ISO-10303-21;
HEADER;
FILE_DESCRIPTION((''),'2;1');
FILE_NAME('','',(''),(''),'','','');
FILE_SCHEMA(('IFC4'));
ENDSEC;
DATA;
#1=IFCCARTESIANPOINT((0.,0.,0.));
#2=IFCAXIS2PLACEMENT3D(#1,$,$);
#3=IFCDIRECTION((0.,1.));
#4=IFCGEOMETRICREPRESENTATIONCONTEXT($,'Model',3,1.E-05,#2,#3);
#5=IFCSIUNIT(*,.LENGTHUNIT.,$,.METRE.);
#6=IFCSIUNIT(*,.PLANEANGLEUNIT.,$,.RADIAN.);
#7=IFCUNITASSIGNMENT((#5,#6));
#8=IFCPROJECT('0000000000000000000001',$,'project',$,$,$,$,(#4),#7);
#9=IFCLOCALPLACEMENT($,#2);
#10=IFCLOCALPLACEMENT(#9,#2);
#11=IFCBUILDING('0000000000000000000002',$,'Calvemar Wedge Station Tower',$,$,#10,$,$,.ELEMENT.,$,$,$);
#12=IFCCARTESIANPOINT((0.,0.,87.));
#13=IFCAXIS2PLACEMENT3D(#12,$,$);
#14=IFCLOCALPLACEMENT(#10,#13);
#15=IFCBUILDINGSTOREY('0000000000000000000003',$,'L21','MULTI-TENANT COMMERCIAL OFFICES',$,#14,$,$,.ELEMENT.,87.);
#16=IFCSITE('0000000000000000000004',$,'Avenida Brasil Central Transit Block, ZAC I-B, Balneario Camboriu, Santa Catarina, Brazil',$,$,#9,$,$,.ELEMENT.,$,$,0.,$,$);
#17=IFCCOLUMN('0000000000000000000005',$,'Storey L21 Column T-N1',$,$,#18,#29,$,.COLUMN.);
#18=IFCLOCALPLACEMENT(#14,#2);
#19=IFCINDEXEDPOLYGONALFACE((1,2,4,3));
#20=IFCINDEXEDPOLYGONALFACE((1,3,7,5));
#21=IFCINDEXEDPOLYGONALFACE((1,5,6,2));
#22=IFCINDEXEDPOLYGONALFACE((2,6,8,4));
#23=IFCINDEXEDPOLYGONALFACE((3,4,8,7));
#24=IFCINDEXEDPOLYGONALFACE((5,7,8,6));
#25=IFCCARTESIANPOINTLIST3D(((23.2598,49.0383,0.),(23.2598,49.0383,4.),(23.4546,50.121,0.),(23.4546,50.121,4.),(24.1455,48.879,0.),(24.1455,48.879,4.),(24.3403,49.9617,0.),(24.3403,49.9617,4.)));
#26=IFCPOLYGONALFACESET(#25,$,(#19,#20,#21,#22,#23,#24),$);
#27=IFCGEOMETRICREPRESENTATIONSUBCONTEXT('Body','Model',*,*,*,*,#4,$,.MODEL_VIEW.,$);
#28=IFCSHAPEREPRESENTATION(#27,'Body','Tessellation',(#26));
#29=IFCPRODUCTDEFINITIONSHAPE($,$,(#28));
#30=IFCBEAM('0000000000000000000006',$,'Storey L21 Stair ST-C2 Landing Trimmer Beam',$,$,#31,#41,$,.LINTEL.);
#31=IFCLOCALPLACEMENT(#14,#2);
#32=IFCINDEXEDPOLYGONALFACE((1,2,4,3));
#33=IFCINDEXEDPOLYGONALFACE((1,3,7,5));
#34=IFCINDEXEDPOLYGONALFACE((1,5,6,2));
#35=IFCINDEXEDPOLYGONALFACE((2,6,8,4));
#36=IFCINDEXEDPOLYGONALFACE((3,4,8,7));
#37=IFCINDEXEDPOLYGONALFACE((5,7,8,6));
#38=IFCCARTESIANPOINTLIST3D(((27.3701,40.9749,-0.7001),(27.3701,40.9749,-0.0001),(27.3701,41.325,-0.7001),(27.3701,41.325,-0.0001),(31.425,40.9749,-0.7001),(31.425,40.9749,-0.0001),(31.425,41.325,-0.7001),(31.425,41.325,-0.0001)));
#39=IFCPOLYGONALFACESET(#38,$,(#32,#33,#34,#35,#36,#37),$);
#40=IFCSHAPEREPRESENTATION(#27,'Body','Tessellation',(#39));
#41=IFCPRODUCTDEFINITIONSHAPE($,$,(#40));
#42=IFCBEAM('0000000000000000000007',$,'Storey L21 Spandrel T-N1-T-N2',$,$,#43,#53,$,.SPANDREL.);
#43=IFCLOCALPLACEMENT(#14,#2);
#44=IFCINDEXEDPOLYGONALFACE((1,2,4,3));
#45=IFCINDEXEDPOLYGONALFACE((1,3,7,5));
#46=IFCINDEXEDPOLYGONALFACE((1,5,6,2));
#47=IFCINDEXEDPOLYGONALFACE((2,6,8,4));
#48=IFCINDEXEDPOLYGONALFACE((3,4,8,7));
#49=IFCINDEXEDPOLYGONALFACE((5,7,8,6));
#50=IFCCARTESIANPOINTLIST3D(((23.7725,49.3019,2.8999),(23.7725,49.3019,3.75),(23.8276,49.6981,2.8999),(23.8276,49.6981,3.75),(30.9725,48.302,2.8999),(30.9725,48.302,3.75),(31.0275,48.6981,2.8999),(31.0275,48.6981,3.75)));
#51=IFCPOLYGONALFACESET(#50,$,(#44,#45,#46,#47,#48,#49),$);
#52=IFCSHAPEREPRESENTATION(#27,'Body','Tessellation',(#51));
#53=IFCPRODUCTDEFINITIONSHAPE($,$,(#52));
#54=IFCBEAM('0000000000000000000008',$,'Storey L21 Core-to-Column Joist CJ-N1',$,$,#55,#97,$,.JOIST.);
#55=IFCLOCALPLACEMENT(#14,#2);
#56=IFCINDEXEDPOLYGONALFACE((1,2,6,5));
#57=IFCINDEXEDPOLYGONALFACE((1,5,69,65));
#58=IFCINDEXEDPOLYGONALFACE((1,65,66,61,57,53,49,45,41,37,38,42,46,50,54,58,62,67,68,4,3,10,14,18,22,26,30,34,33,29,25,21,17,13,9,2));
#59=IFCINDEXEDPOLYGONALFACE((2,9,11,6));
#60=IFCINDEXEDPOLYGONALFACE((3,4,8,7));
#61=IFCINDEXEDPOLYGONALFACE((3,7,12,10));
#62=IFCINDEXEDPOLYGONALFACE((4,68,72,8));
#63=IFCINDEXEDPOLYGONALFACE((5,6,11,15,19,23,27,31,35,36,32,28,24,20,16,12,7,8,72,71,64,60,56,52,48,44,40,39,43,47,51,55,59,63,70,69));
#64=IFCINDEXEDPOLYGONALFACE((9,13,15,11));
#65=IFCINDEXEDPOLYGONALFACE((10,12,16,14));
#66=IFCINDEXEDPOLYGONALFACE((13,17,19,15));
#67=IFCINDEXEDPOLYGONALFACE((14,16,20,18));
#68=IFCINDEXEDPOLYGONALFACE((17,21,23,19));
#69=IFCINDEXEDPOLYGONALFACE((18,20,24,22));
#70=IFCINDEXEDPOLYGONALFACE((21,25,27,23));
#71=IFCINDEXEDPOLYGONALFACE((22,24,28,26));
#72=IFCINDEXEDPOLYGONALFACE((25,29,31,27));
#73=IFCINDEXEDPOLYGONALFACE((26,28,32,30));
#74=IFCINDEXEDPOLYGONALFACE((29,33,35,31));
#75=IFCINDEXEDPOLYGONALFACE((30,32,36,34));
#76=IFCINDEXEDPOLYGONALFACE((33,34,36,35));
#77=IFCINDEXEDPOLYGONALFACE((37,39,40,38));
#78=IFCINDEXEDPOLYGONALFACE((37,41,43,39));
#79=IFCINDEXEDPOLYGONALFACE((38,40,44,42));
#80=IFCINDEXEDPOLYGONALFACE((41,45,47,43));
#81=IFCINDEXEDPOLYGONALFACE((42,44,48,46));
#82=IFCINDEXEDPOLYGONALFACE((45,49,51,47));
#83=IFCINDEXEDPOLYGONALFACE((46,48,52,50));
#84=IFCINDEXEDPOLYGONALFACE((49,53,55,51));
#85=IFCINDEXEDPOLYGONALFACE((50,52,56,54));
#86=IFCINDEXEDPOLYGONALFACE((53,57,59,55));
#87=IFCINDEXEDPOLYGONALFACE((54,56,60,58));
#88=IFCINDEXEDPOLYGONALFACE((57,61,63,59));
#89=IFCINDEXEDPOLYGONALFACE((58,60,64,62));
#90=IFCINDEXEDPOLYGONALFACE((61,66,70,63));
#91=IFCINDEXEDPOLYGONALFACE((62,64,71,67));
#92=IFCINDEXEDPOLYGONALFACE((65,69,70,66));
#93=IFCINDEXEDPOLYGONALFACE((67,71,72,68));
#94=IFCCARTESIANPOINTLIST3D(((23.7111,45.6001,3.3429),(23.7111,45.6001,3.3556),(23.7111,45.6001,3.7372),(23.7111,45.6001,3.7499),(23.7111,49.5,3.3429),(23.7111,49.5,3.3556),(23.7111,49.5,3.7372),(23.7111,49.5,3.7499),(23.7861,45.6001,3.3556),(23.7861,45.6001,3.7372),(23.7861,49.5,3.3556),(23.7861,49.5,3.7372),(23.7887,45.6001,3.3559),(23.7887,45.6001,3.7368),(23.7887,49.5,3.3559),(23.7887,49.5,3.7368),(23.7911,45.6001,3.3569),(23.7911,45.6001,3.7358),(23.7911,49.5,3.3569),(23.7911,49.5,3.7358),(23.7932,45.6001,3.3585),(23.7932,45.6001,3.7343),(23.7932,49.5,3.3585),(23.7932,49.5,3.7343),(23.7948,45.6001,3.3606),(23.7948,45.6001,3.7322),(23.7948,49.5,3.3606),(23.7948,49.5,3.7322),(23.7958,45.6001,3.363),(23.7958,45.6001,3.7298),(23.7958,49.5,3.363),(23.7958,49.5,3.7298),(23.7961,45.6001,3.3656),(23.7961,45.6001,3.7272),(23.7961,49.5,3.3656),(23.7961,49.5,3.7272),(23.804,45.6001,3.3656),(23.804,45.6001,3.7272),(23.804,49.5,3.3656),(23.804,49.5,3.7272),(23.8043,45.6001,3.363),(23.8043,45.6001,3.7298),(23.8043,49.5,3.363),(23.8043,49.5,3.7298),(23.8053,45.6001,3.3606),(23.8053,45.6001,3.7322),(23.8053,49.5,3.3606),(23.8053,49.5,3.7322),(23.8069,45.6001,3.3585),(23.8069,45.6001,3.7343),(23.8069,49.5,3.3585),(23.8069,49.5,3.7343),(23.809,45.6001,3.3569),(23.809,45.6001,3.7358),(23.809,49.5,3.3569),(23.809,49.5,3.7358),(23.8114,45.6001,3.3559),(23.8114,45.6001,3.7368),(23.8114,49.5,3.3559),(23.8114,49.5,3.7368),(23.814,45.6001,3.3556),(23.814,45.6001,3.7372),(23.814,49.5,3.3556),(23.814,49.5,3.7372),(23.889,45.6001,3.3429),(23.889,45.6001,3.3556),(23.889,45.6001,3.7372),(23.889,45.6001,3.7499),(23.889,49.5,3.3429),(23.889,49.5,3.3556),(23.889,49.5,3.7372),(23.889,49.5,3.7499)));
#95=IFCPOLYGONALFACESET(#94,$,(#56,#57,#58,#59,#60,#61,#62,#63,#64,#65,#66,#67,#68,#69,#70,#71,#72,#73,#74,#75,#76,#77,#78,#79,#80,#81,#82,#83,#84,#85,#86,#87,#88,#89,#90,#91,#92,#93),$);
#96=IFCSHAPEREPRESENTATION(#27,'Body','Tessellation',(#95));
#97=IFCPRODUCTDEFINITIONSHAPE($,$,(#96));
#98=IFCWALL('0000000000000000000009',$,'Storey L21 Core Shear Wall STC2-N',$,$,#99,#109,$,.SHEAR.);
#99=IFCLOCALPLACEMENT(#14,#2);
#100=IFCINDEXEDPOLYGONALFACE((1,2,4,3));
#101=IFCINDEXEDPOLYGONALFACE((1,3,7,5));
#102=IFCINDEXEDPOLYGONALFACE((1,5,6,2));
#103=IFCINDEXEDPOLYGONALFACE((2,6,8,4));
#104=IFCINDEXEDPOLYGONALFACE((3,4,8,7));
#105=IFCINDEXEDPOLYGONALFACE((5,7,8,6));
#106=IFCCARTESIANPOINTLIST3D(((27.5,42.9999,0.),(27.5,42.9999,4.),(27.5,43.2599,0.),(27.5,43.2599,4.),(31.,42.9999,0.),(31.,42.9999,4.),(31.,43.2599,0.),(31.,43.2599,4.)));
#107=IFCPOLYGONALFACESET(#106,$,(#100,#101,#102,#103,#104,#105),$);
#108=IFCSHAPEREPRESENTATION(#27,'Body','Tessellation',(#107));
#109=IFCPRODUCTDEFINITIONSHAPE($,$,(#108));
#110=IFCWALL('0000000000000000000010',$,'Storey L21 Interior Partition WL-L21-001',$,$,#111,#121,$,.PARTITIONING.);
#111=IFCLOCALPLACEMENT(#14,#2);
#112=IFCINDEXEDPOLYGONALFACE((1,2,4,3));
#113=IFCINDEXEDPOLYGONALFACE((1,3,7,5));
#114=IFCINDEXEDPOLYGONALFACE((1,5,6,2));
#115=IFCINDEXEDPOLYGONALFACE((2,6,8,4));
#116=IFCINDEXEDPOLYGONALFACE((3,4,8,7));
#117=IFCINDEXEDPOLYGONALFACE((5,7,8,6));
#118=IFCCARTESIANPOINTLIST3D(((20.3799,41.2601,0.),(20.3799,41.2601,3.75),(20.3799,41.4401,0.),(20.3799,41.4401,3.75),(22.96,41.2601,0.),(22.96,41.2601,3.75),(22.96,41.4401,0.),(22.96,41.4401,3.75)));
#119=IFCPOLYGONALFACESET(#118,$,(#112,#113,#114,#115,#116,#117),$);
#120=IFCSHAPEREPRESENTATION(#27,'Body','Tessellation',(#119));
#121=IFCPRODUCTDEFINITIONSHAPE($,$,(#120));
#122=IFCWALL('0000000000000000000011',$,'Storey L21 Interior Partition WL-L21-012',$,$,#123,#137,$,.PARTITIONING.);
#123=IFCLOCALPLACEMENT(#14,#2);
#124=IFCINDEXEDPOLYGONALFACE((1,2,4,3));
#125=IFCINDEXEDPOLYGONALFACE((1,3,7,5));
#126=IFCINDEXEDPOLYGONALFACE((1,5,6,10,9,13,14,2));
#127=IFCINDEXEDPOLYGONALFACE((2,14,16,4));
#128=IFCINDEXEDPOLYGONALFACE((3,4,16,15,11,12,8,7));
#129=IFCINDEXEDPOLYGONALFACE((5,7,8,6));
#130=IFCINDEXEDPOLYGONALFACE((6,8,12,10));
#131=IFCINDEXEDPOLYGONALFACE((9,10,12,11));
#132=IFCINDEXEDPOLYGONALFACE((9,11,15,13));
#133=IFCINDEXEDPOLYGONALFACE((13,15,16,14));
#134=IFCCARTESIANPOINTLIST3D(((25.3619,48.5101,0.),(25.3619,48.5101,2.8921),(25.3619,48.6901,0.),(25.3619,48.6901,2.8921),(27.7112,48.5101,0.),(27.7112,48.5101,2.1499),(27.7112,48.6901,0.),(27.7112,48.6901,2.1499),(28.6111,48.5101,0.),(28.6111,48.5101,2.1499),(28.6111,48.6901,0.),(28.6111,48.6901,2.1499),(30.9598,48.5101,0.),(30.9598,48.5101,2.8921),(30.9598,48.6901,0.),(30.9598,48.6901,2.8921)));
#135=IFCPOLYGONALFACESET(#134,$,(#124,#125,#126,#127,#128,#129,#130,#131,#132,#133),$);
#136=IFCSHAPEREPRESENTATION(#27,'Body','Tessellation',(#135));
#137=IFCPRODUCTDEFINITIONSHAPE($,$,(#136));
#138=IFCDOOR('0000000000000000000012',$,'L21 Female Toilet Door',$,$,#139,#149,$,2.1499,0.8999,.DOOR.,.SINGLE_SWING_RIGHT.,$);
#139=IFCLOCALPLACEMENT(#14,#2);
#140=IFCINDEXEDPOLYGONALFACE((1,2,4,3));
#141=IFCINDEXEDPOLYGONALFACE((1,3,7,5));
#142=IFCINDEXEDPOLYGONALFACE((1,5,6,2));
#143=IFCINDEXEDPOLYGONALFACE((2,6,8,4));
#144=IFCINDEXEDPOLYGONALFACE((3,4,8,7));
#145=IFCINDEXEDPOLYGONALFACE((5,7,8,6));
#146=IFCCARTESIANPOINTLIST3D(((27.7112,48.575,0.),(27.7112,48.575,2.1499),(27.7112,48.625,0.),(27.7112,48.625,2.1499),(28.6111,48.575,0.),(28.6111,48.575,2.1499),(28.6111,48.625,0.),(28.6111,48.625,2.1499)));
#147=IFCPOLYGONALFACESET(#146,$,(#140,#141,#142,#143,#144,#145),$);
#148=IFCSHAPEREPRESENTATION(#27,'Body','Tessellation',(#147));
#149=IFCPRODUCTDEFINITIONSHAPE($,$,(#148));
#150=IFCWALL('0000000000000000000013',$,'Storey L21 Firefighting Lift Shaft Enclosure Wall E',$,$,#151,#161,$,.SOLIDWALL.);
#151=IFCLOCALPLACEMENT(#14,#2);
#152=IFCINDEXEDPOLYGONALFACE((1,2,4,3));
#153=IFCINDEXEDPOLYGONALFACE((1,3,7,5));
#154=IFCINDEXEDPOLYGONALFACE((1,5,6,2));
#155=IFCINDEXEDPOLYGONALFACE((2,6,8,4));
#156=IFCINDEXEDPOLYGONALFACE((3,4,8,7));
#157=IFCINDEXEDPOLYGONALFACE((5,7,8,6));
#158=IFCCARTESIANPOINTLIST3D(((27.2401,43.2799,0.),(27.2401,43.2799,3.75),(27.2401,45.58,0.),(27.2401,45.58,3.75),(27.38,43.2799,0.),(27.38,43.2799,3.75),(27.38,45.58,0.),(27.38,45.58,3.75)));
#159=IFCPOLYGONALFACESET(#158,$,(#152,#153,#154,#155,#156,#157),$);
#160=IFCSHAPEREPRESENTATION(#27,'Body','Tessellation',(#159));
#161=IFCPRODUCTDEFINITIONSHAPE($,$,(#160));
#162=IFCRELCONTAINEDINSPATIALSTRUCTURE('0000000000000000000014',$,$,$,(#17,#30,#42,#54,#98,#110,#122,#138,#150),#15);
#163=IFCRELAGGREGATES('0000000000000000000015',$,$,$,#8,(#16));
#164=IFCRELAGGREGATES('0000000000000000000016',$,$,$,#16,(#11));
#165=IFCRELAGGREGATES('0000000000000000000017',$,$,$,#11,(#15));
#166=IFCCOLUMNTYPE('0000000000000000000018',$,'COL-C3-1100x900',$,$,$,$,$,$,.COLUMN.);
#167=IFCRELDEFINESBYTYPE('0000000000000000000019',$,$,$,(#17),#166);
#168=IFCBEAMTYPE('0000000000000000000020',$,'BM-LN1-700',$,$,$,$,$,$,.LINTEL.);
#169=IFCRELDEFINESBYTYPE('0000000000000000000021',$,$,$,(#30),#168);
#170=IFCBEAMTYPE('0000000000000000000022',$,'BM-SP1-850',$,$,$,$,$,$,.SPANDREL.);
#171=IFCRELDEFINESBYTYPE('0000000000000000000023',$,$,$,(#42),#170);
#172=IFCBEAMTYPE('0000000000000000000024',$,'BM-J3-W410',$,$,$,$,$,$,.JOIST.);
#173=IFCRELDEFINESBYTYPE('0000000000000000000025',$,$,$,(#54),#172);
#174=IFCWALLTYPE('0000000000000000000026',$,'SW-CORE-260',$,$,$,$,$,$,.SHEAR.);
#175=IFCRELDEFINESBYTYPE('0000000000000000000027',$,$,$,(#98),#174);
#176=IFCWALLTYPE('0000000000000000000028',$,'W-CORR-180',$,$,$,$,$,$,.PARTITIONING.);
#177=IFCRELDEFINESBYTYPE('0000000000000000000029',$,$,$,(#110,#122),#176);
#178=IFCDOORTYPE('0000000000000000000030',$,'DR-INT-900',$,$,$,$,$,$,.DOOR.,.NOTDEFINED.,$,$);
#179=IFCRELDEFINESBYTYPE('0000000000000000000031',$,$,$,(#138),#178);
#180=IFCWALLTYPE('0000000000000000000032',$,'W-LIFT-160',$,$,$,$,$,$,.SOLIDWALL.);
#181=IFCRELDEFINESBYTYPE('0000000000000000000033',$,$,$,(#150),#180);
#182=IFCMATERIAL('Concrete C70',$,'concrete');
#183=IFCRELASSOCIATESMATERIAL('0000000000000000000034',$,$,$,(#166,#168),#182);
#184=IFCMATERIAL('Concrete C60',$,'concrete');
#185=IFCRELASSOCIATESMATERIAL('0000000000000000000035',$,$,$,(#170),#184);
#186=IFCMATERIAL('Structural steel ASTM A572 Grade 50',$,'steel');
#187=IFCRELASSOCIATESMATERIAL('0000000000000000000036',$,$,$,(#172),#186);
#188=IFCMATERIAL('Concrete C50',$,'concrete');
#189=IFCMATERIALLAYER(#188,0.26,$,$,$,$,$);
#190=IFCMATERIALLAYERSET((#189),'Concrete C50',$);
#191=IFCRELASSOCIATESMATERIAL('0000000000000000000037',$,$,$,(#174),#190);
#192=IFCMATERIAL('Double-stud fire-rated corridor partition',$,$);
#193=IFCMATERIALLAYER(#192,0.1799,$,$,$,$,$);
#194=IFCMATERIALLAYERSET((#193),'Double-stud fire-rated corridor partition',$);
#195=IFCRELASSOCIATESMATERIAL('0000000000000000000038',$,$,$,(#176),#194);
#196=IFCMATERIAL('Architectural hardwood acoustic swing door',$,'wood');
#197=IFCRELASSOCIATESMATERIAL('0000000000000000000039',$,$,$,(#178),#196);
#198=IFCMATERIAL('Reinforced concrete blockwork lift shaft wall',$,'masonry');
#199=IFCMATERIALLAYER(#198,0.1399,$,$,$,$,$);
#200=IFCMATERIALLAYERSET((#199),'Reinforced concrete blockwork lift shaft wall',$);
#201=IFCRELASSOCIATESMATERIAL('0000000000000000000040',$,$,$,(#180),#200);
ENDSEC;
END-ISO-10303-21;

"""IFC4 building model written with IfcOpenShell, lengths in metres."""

from ifc_helpers import new_model, si_unit, direction, frame, frame_2d, origin, origin_2d, place, context, subcontext, project, spatial, rectangle, i_section, extrude, source, transform, mapped, material, layer, layer_set, material_profile, profile_set, type_object, element, fill, save


model = new_model("IFC4")

# Units and contexts
model_context = context("Model", 3, precision=1e-05, world=origin(), true_north=direction((0.0, 1.0)))
body_context = subcontext(model_context, "Body", "Model", "MODEL_VIEW")
ifc_project = project(units=[si_unit("LENGTHUNIT", "METRE"), si_unit("PLANEANGLEUNIT", "RADIAN")], contexts=[model_context])

# Site, building, storey
site_placement = place(None, origin())
site = spatial("IfcSite", under=ifc_project, at=site_placement, Name="Avenida Brasil Central Transit Block, ZAC I-B, Balneario Camboriu, Santa Catarina, Brazil", CompositionType="ELEMENT", RefElevation=0.0)
building_placement = place(site_placement, origin())
building = spatial("IfcBuilding", under=site, at=building_placement, Name="Calvemar Wedge Station Tower", CompositionType="ELEMENT")
storey_placement = place(building_placement, frame((0.0, 0.0, 87.0)))
storey = spatial("IfcBuildingStorey", under=building, at=storey_placement, Name="L21", Description="MULTI-TENANT COMMERCIAL OFFICES", CompositionType="ELEMENT", Elevation=87.0)

# Column
ifc_material_1 = material(Name="Concrete C70", Category="concrete")
ifc_material_profile_1 = material_profile(ifc_material_1, rectangle(XDim=0.8999, YDim=1.1001, at=origin_2d()), Name="RC1100x900")
ifc_profile_set_1 = profile_set([ifc_material_profile_1], Name="Concrete C70")
column_type = type_object("IfcColumnType", Name="COL-C3-1100x900", PredefinedType="COLUMN", material=ifc_profile_set_1)
shared_shape_1 = source(origin(), body_context, "Body", "SweptSolid", [
    extrude(rectangle(XDim=0.8999, YDim=1.1001, at=origin_2d()), origin(), (0.0, 0.0, 1.0), 4.0),
])
column_placement = place(storey_placement, frame((23.8, 49.5, 0.0), z_axis=(0.0, 0.0, 1.0), x_axis=(0.984196, -0.177085, 0.0)))
element("IfcColumn", 1, at=column_placement, inside=storey, type_object=column_type, Name="Storey L21 Column T-N1", PredefinedType="COLUMN", context=body_context, shape_type="MappedRepresentation", body=[
    mapped(shared_shape_1, transform((0.0, 0.0, 0.0), scale=1.0)),
])

# Beams
ifc_material_profile_2 = material_profile(ifc_material_1, rectangle(XDim=0.3501, YDim=0.7, at=origin_2d()), Name="RC350x700")
ifc_profile_set_2 = profile_set([ifc_material_profile_2], Name="Concrete C70")
beam_type_1 = type_object("IfcBeamType", Name="BM-LN1-700", PredefinedType="LINTEL", material=ifc_profile_set_2)
shared_shape_2 = source(origin(), body_context, "Body", "SweptSolid", [
    extrude(rectangle(XDim=0.3501, YDim=0.7, at=origin_2d()), origin(), (0.0, 0.0, 1.0), 4.0549),
])
beam_1_placement = place(storey_placement, frame((27.3701, 41.1499, -0.3501), z_axis=(1.0, 0.0, 0.0), x_axis=(0.0, 1.0, 0.0)))
element("IfcBeam", 2, at=beam_1_placement, inside=storey, type_object=beam_type_1, Name="Storey L21 Stair ST-C2 Landing Trimmer Beam", PredefinedType="LINTEL", context=body_context, shape_type="MappedRepresentation", body=[
    mapped(shared_shape_2, transform((0.0, 0.0, 0.0), scale=1.0)),
])
ifc_material_2 = material(Name="Concrete C60", Category="concrete")
ifc_material_profile_3 = material_profile(ifc_material_2, rectangle(XDim=0.3999, YDim=0.8501, at=origin_2d()), Name="RC400x850")
ifc_profile_set_3 = profile_set([ifc_material_profile_3], Name="Concrete C60")
beam_type_2 = type_object("IfcBeamType", Name="BM-SP1-850", PredefinedType="SPANDREL", material=ifc_profile_set_3)
shared_shape_3 = source(origin(), body_context, "Body", "SweptSolid", [
    extrude(rectangle(XDim=0.3999, YDim=0.8501, at=origin_2d()), origin(), (0.0, 0.0, 1.0), 7.269),
])
beam_2_placement = place(storey_placement, frame((23.8, 49.5, 3.325), z_axis=(0.990492, -0.137569, 0.0), x_axis=(0.137569, 0.990492, 0.0)))
element("IfcBeam", 3, at=beam_2_placement, inside=storey, type_object=beam_type_2, Name="Storey L21 Spandrel T-N1-T-N2", PredefinedType="SPANDREL", context=body_context, shape_type="MappedRepresentation", body=[
    mapped(shared_shape_3, transform((0.0, 0.0, 0.0), scale=1.0)),
])
ifc_material_3 = material(Name="Structural steel ASTM A572 Grade 50", Category="steel")
ifc_material_profile_4 = material_profile(ifc_material_3, i_section(OverallWidth=0.178, OverallDepth=0.407, WebThickness=0.0078, FlangeThickness=0.0127, FilletRadius=0.01, at=origin_2d()), Name="W410x60")
ifc_profile_set_4 = profile_set([ifc_material_profile_4], Name="Structural steel ASTM A572 Grade 50")
beam_type_3 = type_object("IfcBeamType", Name="BM-J3-W410", PredefinedType="JOIST", material=ifc_profile_set_4)
shared_shape_4 = source(origin(), body_context, "Body", "SweptSolid", [
    extrude(i_section(OverallWidth=0.178, OverallDepth=0.407, WebThickness=0.0078, FlangeThickness=0.0127, FilletRadius=0.01, at=origin_2d()), origin(), (0.0, 0.0, 1.0), 3.8999),
])
beam_3_placement = place(storey_placement, frame((23.8, 45.6001, 3.5464), z_axis=(0.0, 1.0, 0.0), x_axis=(-1.0, 0.0, 0.0)))
element("IfcBeam", 4, at=beam_3_placement, inside=storey, type_object=beam_type_3, Name="Storey L21 Core-to-Column Joist CJ-N1", PredefinedType="JOIST", context=body_context, shape_type="MappedRepresentation", body=[
    mapped(shared_shape_4, transform((0.0, 0.0, 0.0), scale=1.0)),
])

# Walls
ifc_material_4 = material(Name="Concrete C50", Category="concrete")
ifc_layer_1 = layer(ifc_material_4, 0.26)
ifc_layer_set_1 = layer_set([ifc_layer_1], Name="Concrete C50")
wall_type_1 = type_object("IfcWallType", Name="SW-CORE-260", PredefinedType="SHEAR", material=ifc_layer_set_1)
wall_1_placement = place(storey_placement, frame((27.5, 43.1299, 0.0), z_axis=(0.0, 0.0, 1.0), x_axis=(1.0, 0.0, 0.0)))
element("IfcWall", 5, at=wall_1_placement, inside=storey, type_object=wall_type_1, Name="Storey L21 Core Shear Wall STC2-N", PredefinedType="SHEAR", context=body_context, shape_type="SweptSolid", body=[
    extrude(rectangle(XDim=3.5, YDim=0.26, at=frame_2d((1.75, 0.0))), origin(), (0.0, 0.0, 1.0), 4.0),
])
ifc_material_5 = material(Name="Double-stud fire-rated corridor partition")
ifc_layer_2 = layer(ifc_material_5, 0.1799)
ifc_layer_set_2 = layer_set([ifc_layer_2], Name="Double-stud fire-rated corridor partition")
wall_type_2 = type_object("IfcWallType", Name="W-CORR-180", PredefinedType="PARTITIONING", material=ifc_layer_set_2)
wall_2_placement = place(storey_placement, frame((22.96, 41.3501, 0.0), z_axis=(0.0, 0.0, 1.0), x_axis=(-1.0, 0.0, 0.0)))
element("IfcWall", 6, at=wall_2_placement, inside=storey, type_object=wall_type_2, Name="Storey L21 Interior Partition WL-L21-001", PredefinedType="PARTITIONING", context=body_context, shape_type="SweptSolid", body=[
    extrude(rectangle(XDim=2.5801, YDim=0.1799, at=frame_2d((1.29, 0.0))), origin(), (0.0, 0.0, 1.0), 3.75),
])

# Wall, opening, door
wall_3_placement = place(storey_placement, frame((25.3621, 48.6001, 0.0), z_axis=(0.0, 0.0, 1.0), x_axis=(1.0, 0.0, 0.0)))
wall_3 = element("IfcWall", 7, at=wall_3_placement, inside=storey, type_object=wall_type_2, Name="Storey L21 Interior Partition WL-L21-012", PredefinedType="PARTITIONING", context=body_context, shape_type="SweptSolid", body=[
    extrude(rectangle(XDim=5.5979, YDim=0.1799, at=frame_2d((2.7988, 0.0))), origin(), (0.0, 0.0, 1.0), 2.8921),
])
shared_shape_5 = source(origin(), body_context, "Body", "SweptSolid", [
    extrude(rectangle(XDim=0.8999, YDim=2.1499, at=frame_2d((0.45, 1.075))), frame((0.0, 0.1001, 0.0), z_axis=(0.0, -1.0, 0.0), x_axis=(1.0, 0.0, 0.0)), (0.0, 0.0, 1.0), 0.2),
])
opening_1_placement = place(wall_3_placement, frame((2.3491, 0.0, 0.0)))
opening_1 = element("IfcOpeningElement", 8, at=opening_1_placement, cuts=wall_3, PredefinedType="OPENING", context=body_context, shape_type="MappedRepresentation", body=[
    mapped(shared_shape_5, transform((0.0, 0.0, 0.0), scale=1.0)),
])
ifc_material_6 = material(Name="Architectural hardwood acoustic swing door", Category="wood")
door_type_1 = type_object("IfcDoorType", Name="DR-INT-900", OperationType="NOTDEFINED", PredefinedType="DOOR", material=ifc_material_6)
shared_shape_6 = source(origin(), body_context, "Body", "SweptSolid", [
    extrude(rectangle(XDim=0.8999, YDim=2.1499, at=frame_2d((0.45, 1.075))), frame((0.0, 0.0249, 0.0), z_axis=(0.0, -1.0, 0.0), x_axis=(1.0, 0.0, 0.0)), (0.0, 0.0, 1.0), 0.05),
])
door_1_placement = place(opening_1_placement, origin())
door_1 = element("IfcDoor", 9, at=door_1_placement, inside=storey, type_object=door_type_1, Name="L21 Female Toilet Door", OperationType="SINGLE_SWING_RIGHT", OverallHeight=2.1499, OverallWidth=0.8999, PredefinedType="DOOR", context=body_context, shape_type="MappedRepresentation", body=[
    mapped(shared_shape_6, transform((0.0, 0.0, 0.0), scale=1.0)),
])
fill(opening_1, door_1)

# Wall
ifc_material_7 = material(Name="Reinforced concrete blockwork lift shaft wall", Category="masonry")
ifc_layer_3 = layer(ifc_material_7, 0.1399)
ifc_layer_set_3 = layer_set([ifc_layer_3], Name="Reinforced concrete blockwork lift shaft wall")
wall_type_3 = type_object("IfcWallType", Name="W-LIFT-160", PredefinedType="SOLIDWALL", material=ifc_layer_set_3)
wall_4_placement = place(storey_placement, frame((27.3101, 43.28, 0.0), z_axis=(0.0, 0.0, 1.0), x_axis=(0.0, 1.0, 0.0)))
element("IfcWall", 10, at=wall_4_placement, inside=storey, type_object=wall_type_3, Name="Storey L21 Firefighting Lift Shaft Enclosure Wall E", PredefinedType="SOLIDWALL", context=body_context, shape_type="SweptSolid", body=[
    extrude(rectangle(XDim=2.3, YDim=0.1399, at=frame_2d((1.1499, 0.0))), origin(), (0.0, 0.0, 1.0), 3.75),
])

save(model, "model.ifc")
